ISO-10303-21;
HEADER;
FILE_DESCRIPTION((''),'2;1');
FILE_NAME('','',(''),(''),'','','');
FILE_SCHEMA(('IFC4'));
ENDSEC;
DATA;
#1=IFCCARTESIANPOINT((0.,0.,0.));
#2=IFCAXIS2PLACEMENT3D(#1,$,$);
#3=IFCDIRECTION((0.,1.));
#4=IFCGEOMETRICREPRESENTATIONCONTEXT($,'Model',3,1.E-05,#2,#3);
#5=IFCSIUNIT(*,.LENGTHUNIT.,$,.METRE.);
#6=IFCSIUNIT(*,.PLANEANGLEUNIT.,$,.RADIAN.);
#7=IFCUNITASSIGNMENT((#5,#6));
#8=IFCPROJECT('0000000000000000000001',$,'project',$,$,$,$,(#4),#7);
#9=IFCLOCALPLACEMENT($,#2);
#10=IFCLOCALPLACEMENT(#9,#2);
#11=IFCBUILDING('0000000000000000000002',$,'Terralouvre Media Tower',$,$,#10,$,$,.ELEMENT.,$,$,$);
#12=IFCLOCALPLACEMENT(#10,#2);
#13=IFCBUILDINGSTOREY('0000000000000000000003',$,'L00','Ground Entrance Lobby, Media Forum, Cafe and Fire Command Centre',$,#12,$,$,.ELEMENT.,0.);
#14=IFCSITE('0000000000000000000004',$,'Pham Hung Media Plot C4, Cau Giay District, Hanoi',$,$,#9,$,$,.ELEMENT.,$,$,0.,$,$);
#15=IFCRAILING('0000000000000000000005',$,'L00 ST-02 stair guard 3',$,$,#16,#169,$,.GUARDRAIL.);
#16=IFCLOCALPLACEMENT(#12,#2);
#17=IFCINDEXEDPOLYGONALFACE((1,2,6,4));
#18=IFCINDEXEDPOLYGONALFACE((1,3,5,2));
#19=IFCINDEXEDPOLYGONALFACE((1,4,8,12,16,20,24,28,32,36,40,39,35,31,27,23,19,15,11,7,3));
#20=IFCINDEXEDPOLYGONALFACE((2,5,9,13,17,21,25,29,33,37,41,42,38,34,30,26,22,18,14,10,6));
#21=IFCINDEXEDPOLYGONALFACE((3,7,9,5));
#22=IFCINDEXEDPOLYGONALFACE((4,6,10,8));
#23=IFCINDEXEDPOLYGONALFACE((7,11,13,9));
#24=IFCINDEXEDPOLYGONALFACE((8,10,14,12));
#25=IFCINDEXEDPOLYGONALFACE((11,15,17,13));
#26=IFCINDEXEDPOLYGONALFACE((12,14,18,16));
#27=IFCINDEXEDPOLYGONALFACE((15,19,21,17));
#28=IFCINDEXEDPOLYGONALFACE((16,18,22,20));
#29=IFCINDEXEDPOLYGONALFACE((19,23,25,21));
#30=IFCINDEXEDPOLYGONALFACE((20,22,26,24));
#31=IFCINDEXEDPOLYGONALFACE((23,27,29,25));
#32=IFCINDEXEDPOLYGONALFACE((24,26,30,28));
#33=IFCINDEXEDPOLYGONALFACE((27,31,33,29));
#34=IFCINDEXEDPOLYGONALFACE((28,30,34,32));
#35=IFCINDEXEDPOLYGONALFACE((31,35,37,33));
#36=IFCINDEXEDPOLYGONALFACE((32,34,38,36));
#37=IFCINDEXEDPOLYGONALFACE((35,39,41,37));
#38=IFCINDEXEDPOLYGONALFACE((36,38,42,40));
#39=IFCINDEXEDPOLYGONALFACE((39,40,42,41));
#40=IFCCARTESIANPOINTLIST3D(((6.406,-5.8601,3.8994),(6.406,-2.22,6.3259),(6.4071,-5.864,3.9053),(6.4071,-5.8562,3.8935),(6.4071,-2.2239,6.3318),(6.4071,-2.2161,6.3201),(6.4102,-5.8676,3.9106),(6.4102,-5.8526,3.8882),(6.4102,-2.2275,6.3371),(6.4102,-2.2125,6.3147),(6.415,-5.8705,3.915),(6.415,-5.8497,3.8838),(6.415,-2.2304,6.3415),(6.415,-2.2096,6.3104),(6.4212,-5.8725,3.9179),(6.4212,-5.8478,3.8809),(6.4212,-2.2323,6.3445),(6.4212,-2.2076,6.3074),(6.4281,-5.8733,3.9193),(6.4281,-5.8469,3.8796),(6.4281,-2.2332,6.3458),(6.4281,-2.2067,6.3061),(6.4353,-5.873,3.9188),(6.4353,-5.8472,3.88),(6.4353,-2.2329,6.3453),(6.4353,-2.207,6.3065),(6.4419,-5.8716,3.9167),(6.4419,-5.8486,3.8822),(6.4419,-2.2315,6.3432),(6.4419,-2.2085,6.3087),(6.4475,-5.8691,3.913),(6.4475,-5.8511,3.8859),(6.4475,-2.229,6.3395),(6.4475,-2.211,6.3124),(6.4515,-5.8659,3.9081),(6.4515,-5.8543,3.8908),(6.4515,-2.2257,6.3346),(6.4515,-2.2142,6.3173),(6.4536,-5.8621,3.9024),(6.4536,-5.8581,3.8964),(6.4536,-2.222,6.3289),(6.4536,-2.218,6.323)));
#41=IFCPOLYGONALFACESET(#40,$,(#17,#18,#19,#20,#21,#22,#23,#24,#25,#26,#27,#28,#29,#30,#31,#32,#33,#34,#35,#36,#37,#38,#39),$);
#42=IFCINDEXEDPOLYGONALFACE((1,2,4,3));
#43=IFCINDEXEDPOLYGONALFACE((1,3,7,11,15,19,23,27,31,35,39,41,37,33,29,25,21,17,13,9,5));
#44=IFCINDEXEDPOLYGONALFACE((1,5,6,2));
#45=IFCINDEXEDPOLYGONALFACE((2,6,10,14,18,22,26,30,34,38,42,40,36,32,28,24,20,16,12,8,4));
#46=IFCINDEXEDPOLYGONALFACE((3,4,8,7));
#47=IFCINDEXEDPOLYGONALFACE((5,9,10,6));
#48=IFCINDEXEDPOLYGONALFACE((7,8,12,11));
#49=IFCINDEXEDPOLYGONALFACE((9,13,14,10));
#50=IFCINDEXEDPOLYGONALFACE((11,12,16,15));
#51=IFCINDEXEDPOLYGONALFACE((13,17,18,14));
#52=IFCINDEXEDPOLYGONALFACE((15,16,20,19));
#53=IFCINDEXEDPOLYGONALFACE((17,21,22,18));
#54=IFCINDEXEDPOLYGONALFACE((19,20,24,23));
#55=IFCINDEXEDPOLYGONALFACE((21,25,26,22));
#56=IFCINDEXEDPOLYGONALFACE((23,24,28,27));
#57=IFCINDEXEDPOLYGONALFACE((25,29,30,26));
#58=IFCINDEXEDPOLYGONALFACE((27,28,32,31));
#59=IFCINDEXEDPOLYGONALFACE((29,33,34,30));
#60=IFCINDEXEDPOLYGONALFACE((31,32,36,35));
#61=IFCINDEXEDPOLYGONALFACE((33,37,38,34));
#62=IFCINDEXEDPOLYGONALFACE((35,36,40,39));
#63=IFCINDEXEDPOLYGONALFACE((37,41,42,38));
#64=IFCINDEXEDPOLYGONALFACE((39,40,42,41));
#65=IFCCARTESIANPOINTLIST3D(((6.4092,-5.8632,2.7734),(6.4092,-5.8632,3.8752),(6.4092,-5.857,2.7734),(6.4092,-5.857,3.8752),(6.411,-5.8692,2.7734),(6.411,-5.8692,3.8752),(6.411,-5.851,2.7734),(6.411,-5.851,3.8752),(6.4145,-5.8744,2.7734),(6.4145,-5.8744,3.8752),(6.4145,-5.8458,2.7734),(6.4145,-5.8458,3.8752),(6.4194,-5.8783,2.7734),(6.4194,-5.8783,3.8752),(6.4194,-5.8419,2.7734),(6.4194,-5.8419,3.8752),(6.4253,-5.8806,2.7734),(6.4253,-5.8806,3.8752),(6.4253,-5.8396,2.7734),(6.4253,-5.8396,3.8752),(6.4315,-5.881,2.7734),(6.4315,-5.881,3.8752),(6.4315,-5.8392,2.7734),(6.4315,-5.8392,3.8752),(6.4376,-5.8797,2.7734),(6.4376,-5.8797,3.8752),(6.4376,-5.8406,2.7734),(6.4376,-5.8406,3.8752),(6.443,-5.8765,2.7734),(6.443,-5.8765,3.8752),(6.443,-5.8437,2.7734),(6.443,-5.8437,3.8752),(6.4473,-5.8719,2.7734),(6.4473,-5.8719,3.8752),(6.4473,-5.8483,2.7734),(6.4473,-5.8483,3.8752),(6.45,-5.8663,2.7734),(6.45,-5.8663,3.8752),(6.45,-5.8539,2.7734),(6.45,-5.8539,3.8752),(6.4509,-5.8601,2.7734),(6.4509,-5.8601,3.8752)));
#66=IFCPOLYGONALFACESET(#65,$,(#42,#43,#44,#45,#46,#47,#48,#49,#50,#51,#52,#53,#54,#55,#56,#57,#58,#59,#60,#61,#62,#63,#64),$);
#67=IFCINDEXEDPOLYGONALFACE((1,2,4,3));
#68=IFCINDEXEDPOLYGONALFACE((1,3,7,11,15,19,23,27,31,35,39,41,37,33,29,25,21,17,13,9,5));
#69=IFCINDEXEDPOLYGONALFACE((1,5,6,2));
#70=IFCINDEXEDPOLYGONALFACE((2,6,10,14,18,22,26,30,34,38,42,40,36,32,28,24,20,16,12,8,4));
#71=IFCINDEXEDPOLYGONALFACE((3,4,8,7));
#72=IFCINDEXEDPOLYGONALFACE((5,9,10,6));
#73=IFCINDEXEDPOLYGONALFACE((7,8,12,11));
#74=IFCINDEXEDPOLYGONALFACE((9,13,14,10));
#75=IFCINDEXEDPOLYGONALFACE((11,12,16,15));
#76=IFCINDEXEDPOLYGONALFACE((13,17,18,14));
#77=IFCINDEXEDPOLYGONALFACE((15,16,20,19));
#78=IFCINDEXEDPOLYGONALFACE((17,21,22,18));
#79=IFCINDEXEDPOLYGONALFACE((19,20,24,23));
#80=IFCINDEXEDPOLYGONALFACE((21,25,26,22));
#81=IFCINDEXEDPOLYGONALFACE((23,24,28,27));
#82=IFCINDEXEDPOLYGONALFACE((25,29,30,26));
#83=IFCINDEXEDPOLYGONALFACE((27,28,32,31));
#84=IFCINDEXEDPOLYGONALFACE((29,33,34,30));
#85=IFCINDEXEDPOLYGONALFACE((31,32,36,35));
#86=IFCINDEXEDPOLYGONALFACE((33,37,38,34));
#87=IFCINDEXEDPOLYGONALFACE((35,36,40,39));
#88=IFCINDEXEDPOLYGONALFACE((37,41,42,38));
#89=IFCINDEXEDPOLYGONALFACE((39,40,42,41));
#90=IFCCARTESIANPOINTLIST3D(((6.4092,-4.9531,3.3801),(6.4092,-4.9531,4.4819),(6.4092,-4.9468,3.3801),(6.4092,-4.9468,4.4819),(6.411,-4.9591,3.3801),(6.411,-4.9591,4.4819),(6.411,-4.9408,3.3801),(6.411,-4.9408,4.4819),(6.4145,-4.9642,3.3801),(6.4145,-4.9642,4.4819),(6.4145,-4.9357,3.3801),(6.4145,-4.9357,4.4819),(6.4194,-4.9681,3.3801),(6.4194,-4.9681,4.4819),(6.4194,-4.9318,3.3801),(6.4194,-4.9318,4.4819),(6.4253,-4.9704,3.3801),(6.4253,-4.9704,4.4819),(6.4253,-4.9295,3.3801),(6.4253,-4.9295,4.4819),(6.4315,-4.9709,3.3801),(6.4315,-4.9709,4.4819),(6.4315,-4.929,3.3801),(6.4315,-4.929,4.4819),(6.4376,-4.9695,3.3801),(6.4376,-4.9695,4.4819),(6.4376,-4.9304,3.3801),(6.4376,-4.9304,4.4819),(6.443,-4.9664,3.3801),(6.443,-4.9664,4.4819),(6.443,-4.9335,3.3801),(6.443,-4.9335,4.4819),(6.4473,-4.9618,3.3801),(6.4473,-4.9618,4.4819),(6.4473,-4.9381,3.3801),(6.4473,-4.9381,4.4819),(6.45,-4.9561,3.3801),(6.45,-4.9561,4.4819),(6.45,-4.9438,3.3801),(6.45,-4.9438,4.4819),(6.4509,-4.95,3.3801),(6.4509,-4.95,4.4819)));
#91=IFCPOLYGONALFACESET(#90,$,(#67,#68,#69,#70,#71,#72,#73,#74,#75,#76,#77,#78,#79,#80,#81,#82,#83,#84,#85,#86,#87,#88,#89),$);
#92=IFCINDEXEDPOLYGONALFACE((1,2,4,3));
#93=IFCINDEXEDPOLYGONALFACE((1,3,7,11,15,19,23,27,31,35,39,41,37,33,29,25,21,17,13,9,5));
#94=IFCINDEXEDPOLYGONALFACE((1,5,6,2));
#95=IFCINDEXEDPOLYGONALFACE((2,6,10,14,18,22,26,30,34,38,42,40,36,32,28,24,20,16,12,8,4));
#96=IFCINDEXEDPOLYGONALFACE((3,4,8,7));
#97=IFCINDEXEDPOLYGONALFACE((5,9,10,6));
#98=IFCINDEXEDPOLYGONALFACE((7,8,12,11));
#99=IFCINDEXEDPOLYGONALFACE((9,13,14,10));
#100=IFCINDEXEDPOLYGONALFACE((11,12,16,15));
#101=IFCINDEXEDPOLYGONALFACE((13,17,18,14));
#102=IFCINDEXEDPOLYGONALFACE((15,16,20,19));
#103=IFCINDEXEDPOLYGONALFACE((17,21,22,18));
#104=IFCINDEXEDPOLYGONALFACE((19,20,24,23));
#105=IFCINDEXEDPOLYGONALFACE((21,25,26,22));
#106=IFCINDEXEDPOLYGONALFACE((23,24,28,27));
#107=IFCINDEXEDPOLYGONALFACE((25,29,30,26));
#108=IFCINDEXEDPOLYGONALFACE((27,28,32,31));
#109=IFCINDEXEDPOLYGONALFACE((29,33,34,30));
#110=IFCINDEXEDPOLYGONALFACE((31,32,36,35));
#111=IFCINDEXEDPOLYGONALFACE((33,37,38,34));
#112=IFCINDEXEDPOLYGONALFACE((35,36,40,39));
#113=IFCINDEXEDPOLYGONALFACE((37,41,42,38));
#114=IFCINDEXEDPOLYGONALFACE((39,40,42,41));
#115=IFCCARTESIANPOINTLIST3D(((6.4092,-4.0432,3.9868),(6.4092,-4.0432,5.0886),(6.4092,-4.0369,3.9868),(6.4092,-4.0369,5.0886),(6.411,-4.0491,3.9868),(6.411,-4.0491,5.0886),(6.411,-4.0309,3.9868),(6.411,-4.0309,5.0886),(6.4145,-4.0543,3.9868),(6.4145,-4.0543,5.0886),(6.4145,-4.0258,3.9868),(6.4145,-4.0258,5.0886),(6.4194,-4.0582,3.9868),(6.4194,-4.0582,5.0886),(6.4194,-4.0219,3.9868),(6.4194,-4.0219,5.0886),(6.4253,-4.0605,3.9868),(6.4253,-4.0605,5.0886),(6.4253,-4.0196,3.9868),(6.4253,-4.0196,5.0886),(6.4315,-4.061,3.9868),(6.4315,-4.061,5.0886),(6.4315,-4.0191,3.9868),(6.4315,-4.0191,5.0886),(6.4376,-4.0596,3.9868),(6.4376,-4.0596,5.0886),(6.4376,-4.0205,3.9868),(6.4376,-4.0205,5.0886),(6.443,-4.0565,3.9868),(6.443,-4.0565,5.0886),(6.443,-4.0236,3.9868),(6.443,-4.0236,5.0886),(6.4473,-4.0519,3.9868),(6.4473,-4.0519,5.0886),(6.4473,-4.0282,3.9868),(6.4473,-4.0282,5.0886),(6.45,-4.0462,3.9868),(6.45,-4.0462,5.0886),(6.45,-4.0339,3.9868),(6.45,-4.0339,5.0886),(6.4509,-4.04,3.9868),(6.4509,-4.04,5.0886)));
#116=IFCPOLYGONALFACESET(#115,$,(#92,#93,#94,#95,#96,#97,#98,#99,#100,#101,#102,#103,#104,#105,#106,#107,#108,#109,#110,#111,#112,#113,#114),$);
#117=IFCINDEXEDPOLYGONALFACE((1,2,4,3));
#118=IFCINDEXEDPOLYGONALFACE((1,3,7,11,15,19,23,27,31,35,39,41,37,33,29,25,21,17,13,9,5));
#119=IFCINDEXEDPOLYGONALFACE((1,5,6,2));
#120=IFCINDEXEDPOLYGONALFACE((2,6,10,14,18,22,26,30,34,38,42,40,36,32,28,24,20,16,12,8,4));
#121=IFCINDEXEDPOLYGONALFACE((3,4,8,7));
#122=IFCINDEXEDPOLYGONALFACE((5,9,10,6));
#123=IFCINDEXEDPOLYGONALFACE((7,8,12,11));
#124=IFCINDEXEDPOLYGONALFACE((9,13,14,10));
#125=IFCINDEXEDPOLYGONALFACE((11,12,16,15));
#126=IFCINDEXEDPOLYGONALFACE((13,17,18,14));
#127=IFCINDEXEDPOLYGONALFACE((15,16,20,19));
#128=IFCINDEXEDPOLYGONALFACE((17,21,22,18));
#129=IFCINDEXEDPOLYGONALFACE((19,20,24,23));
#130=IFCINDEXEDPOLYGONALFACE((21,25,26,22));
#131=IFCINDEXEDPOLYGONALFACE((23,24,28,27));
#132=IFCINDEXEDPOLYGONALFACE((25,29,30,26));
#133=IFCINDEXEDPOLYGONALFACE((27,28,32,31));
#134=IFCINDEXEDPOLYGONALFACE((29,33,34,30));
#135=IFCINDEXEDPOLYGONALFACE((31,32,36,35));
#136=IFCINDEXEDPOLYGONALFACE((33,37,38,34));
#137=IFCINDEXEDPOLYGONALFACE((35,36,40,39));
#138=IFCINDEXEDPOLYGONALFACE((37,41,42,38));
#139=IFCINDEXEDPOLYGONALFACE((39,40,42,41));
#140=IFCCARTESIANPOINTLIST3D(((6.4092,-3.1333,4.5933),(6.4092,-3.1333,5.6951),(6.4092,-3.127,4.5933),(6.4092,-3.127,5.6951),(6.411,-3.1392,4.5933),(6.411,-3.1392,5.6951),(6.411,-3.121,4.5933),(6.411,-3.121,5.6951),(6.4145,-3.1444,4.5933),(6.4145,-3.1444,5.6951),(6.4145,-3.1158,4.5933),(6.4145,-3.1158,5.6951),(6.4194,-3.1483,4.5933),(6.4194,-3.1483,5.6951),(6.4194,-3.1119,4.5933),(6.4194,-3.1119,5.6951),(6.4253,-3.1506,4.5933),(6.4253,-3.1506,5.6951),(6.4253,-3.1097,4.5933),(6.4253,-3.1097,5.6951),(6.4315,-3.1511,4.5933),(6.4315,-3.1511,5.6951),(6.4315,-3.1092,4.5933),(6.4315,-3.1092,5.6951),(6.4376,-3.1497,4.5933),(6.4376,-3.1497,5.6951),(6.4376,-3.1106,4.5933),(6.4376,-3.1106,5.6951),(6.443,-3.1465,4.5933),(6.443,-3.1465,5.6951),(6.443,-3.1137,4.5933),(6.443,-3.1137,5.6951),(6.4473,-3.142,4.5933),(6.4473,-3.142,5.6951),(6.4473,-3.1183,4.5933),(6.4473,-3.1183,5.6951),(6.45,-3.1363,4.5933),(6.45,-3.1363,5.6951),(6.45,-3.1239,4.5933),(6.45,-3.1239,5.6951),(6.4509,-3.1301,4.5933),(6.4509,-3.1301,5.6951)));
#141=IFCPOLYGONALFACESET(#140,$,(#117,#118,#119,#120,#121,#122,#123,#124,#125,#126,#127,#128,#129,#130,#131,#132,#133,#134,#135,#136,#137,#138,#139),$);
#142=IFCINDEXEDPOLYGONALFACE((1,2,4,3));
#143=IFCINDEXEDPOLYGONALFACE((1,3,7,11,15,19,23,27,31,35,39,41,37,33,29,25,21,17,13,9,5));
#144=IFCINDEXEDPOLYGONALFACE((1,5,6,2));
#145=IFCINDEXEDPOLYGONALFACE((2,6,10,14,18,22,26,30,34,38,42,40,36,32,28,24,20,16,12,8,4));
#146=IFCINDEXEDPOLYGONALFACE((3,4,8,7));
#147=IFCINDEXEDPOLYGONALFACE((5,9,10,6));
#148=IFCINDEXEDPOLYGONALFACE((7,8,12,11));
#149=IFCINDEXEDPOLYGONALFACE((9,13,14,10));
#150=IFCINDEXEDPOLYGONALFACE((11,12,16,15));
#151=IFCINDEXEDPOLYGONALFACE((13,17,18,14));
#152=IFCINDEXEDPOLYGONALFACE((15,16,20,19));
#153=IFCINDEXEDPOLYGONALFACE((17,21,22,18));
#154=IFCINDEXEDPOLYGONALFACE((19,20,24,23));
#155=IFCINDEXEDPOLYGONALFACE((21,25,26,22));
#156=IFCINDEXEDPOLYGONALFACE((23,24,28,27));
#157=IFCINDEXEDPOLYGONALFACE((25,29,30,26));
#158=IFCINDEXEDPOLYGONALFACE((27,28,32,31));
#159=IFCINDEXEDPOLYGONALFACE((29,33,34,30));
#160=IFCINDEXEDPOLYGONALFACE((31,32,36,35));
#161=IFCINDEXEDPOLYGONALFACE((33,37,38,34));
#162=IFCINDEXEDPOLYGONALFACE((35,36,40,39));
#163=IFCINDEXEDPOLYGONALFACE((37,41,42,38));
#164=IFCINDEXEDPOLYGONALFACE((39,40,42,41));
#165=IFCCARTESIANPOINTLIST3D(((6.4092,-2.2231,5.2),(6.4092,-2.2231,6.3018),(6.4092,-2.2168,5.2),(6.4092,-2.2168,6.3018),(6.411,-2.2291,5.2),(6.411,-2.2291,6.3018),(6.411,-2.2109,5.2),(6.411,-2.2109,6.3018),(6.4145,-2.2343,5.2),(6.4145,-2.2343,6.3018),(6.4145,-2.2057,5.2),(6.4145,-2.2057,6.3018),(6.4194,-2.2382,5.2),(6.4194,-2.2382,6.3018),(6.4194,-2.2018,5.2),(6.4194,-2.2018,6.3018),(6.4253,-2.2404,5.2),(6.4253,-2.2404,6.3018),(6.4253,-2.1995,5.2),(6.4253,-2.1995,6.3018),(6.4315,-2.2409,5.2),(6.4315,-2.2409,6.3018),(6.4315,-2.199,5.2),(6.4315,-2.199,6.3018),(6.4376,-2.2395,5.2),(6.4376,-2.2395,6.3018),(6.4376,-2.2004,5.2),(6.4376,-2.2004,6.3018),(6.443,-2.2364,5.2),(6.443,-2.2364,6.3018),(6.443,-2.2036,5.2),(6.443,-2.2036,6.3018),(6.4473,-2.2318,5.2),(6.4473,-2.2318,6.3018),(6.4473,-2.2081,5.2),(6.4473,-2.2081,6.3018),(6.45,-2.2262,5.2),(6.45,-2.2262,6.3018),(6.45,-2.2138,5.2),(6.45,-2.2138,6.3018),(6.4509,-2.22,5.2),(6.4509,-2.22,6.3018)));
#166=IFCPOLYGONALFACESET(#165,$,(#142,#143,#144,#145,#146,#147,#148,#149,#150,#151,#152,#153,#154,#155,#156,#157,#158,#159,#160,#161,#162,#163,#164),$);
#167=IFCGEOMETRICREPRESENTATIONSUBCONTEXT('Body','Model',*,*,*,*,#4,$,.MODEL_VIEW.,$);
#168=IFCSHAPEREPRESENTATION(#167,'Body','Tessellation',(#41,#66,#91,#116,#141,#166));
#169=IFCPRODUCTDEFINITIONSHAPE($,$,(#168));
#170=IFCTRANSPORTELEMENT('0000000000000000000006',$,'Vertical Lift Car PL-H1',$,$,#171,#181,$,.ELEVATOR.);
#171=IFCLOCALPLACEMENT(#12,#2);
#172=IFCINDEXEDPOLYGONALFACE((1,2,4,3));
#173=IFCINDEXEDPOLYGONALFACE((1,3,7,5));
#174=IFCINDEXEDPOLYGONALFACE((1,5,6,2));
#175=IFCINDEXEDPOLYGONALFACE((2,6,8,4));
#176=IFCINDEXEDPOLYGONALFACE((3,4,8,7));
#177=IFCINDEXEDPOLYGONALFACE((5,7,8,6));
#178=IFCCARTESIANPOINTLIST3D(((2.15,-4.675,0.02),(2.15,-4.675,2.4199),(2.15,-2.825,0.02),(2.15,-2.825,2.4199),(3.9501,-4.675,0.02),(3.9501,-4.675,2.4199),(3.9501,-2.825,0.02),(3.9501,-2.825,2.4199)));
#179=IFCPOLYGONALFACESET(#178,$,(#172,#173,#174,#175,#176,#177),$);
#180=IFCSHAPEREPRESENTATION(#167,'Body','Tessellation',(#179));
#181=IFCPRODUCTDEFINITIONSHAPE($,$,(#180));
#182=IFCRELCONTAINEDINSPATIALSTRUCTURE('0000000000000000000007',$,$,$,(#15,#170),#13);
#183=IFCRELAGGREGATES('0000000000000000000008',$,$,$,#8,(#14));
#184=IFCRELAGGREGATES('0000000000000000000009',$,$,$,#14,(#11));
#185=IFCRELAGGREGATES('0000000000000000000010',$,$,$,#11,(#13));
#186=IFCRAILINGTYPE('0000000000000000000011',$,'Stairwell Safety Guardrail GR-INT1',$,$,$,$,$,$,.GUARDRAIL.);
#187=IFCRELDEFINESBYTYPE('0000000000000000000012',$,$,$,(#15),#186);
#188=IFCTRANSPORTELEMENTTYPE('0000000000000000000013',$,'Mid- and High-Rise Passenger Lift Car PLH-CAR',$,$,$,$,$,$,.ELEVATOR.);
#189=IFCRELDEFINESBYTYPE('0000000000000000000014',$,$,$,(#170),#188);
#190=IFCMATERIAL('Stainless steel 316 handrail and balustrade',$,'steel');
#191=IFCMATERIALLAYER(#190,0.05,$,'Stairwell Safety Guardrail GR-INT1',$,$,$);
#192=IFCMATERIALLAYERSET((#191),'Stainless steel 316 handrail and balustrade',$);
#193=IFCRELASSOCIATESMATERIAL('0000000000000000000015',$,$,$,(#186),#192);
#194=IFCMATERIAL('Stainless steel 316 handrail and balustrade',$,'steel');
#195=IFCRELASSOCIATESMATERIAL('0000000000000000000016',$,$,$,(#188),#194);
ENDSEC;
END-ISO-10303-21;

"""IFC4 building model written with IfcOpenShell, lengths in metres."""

from ifc_helpers import new_model, si_unit, direction, frame, origin, origin_2d, place, context, subcontext, project, spatial, rectangle, circle, extrude, material, layer, layer_set, type_object, element, save


model = new_model("IFC4")

# Units and contexts
model_context = context("Model", 3, precision=1e-05, world=origin(), true_north=direction((0.0, 1.0)))
body_context = subcontext(model_context, "Body", "Model", "MODEL_VIEW")
ifc_project = project(units=[si_unit("LENGTHUNIT", "METRE"), si_unit("PLANEANGLEUNIT", "RADIAN")], contexts=[model_context])

# Site, building, storey
site_placement = place(None, origin())
site = spatial("IfcSite", under=ifc_project, at=site_placement, Name="Pham Hung Media Plot C4, Cau Giay District, Hanoi", CompositionType="ELEMENT", RefElevation=0.0)
building_placement = place(site_placement, origin())
building = spatial("IfcBuilding", under=site, at=building_placement, Name="Terralouvre Media Tower", CompositionType="ELEMENT")
storey_placement = place(building_placement, origin())
storey = spatial("IfcBuildingStorey", under=building, at=storey_placement, Name="L00", Description="Ground Entrance Lobby, Media Forum, Cafe and Fire Command Centre", CompositionType="ELEMENT", Elevation=0.0)

# Railing
ifc_material_1 = material(Name="Stainless steel 316 handrail and balustrade", Category="steel")
ifc_layer_1 = layer(ifc_material_1, 0.05, Name="Stairwell Safety Guardrail GR-INT1")
ifc_layer_set_1 = layer_set([ifc_layer_1], Name="Stainless steel 316 handrail and balustrade")
railing_type_1 = type_object("IfcRailingType", Name="Stairwell Safety Guardrail GR-INT1", PredefinedType="GUARDRAIL", material=ifc_layer_set_1)
railing_1_placement = place(storey_placement, frame((6.4299, -5.8601, 2.7734)))
element("IfcRailing", 1, at=railing_1_placement, inside=storey, type_object=railing_type_1, Name="L00 ST-02 stair guard 3", PredefinedType="GUARDRAIL", context=body_context, shape_type="SweptSolid", body=[
    extrude(circle(Radius=0.0239, at=origin_2d()), frame((0.0, 0.0, 1.126), z_axis=(0.0, 0.832076, 0.554662), x_axis=(-1.0, 0.0, 0.0)), (0.0, 0.0, 1.0), 4.3748),
    extrude(circle(Radius=0.021, at=origin_2d()), origin(), (0.0, 0.0, 1.0), 1.1018),
    extrude(circle(Radius=0.021, at=origin_2d()), frame((0.0, 0.9102, 0.6067)), (0.0, 0.0, 1.0), 1.1018),
    extrude(circle(Radius=0.021, at=origin_2d()), frame((0.0, 1.8201, 1.2134)), (0.0, 0.0, 1.0), 1.1018),
    extrude(circle(Radius=0.021, at=origin_2d()), frame((0.0, 2.73, 1.8198)), (0.0, 0.0, 1.0), 1.1018),
    extrude(circle(Radius=0.021, at=origin_2d()), frame((0.0, 3.6401, 2.4265)), (0.0, 0.0, 1.0), 1.1018),
])

# Transport element
ifc_material_2 = material(Name="Stainless steel 316 handrail and balustrade", Category="steel")
transport_element_type = type_object("IfcTransportElementType", Name="Mid- and High-Rise Passenger Lift Car PLH-CAR", PredefinedType="ELEVATOR", material=ifc_material_2)
transport_element_placement = place(storey_placement, frame((3.05, -3.75, 0.02), z_axis=(0.0, 0.0, 1.0), x_axis=(1.0, 0.0, 0.0)))
element("IfcTransportElement", 2, at=transport_element_placement, inside=storey, type_object=transport_element_type, Name="Vertical Lift Car PL-H1", PredefinedType="ELEVATOR", context=body_context, shape_type="SweptSolid", body=[
    extrude(rectangle(XDim=1.8, YDim=1.8501, at=origin_2d()), origin(), (0.0, 0.0, 1.0), 2.3999),
])

save(model, "model.ifc")
